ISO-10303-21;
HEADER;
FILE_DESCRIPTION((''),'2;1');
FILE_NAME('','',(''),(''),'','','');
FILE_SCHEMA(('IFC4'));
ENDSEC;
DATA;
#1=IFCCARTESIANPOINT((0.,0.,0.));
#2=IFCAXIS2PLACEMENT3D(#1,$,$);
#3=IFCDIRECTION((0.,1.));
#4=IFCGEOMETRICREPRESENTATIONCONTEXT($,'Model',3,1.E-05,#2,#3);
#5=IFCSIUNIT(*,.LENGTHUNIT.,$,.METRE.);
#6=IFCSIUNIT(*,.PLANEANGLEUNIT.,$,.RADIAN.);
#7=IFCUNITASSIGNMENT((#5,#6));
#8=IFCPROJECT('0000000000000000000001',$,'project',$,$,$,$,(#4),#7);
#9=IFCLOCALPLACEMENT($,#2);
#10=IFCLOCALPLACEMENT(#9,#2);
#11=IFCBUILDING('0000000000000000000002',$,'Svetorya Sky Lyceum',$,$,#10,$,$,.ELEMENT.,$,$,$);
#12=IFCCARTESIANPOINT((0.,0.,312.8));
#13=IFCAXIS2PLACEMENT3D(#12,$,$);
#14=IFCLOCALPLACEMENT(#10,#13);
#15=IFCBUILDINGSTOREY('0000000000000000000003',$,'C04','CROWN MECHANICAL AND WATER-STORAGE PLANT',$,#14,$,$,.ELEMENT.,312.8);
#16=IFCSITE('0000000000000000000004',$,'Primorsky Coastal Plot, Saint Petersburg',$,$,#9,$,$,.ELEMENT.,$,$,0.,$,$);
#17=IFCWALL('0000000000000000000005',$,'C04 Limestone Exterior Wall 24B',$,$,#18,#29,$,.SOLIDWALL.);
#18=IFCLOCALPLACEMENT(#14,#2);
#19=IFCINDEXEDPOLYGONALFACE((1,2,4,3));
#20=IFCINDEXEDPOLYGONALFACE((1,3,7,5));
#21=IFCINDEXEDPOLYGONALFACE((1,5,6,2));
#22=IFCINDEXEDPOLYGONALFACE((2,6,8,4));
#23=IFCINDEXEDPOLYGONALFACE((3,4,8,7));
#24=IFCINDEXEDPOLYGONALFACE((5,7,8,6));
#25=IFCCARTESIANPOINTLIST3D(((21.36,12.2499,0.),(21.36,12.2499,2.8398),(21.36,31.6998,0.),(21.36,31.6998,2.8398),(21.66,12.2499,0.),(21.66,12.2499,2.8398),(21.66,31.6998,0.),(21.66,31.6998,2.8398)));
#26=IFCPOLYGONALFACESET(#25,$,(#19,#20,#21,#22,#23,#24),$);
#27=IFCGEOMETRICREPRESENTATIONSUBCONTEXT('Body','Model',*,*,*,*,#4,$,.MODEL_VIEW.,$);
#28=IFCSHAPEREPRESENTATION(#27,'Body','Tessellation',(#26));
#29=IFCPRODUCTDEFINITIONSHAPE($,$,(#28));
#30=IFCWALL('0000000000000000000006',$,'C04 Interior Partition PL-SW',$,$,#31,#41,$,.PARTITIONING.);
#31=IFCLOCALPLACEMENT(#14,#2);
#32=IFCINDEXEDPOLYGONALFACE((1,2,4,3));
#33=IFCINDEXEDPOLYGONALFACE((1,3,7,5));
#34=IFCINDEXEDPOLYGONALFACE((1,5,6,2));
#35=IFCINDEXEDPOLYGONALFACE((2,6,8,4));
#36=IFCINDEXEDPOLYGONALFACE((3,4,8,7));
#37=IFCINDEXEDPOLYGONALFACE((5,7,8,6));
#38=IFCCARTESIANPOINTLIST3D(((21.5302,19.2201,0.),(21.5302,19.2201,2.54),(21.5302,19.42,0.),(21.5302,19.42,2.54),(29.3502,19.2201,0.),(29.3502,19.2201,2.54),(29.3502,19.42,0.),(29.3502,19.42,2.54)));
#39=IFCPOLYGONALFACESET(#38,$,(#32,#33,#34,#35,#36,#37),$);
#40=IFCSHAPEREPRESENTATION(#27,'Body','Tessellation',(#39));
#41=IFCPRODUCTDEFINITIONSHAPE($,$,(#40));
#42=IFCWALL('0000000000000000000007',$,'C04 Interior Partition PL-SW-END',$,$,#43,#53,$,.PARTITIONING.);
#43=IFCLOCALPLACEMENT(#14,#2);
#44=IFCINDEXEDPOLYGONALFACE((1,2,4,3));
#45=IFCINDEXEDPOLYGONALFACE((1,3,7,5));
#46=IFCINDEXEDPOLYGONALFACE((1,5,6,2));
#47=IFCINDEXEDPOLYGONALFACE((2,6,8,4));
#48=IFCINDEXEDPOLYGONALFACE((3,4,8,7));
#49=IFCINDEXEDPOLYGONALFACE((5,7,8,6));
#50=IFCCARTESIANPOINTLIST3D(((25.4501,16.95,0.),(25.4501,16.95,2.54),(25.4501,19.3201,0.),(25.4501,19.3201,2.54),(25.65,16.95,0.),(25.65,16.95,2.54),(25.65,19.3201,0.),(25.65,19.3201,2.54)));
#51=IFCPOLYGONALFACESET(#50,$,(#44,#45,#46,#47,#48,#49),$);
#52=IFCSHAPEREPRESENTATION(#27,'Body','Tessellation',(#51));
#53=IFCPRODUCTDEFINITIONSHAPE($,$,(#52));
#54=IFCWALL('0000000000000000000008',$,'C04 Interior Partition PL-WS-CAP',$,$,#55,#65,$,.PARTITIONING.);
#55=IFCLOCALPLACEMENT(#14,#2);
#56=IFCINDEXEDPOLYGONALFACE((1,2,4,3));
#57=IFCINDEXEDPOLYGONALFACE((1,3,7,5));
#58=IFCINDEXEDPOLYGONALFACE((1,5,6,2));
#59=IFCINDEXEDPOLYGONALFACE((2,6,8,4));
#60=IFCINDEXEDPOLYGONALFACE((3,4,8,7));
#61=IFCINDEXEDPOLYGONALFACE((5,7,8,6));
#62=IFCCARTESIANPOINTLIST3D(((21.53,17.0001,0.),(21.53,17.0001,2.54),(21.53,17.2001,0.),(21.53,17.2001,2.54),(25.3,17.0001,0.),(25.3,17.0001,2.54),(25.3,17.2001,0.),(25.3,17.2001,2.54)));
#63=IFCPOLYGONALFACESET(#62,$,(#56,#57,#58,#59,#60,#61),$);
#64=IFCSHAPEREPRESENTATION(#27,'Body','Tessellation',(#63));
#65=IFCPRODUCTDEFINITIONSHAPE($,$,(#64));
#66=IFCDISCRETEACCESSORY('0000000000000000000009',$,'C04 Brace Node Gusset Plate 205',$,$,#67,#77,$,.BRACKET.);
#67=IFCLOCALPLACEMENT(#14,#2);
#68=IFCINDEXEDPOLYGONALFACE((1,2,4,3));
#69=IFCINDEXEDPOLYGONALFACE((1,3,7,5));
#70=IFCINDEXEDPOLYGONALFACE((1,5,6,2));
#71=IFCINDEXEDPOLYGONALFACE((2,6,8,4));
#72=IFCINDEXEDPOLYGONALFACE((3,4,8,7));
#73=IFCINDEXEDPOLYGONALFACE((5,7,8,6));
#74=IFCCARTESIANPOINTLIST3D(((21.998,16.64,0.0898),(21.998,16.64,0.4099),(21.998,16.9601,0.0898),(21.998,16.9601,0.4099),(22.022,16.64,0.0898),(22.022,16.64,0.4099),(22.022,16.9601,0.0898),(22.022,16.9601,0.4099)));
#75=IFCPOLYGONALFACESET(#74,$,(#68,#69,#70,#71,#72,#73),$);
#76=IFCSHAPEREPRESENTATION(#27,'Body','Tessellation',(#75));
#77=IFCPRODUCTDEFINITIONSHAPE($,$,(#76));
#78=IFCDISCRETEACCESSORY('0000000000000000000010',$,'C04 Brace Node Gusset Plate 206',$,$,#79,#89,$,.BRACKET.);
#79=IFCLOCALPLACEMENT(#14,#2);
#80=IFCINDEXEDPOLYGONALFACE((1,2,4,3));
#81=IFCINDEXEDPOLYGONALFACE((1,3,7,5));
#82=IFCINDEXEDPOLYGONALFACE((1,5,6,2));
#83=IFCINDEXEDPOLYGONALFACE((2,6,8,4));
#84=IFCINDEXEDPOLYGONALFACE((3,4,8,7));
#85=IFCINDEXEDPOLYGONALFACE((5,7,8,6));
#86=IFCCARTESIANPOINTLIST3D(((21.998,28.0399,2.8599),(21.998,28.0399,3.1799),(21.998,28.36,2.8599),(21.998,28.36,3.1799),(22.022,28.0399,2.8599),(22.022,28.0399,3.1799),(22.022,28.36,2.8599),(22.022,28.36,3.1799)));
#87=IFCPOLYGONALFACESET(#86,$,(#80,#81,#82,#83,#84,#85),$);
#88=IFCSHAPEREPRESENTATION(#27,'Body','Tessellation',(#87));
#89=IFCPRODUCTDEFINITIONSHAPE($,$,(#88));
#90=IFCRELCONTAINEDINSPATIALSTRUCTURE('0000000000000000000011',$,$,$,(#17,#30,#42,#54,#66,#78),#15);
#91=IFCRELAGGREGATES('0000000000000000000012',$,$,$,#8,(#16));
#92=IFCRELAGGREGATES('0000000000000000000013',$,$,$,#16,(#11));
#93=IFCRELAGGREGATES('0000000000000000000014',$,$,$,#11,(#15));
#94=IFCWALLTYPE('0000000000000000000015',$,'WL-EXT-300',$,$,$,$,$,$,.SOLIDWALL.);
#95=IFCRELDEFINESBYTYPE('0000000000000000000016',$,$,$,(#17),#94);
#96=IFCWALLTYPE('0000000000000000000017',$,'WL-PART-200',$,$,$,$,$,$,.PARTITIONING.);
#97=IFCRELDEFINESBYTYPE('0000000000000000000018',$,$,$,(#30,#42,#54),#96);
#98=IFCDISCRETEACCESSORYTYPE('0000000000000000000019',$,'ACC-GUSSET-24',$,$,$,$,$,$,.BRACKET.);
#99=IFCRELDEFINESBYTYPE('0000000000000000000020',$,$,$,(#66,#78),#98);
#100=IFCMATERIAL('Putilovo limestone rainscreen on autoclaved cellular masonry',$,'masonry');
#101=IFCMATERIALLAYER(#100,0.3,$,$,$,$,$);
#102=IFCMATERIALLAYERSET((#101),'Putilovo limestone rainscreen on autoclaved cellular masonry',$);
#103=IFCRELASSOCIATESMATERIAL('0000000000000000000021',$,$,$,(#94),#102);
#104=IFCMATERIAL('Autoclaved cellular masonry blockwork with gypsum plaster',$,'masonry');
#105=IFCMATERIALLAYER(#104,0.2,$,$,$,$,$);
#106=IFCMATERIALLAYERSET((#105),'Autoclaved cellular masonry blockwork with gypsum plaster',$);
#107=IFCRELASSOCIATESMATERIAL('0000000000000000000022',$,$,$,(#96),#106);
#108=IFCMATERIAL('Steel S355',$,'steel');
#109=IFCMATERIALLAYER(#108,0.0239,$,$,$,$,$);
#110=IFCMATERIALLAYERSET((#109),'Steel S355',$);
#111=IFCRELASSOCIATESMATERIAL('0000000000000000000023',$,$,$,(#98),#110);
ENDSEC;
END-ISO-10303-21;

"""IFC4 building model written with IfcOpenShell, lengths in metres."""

from ifc_helpers import new_model, si_unit, direction, frame, frame_2d, origin, origin_2d, place, context, subcontext, project, spatial, rectangle, extrude, material, layer, layer_set, type_object, element, save


model = new_model("IFC4")

# Units and contexts
model_context = context("Model", 3, precision=1e-05, world=origin(), true_north=direction((0.0, 1.0)))
body_context = subcontext(model_context, "Body", "Model", "MODEL_VIEW")
ifc_project = project(units=[si_unit("LENGTHUNIT", "METRE"), si_unit("PLANEANGLEUNIT", "RADIAN")], contexts=[model_context])

# Site, building, storey
site_placement = place(None, origin())
site = spatial("IfcSite", under=ifc_project, at=site_placement, Name="Primorsky Coastal Plot, Saint Petersburg", CompositionType="ELEMENT", RefElevation=0.0)
building_placement = place(site_placement, origin())
building = spatial("IfcBuilding", under=site, at=building_placement, Name="Svetorya Sky Lyceum", CompositionType="ELEMENT")
storey_placement = place(building_placement, frame((0.0, 0.0, 312.8)))
storey = spatial("IfcBuildingStorey", under=building, at=storey_placement, Name="C04", Description="CROWN MECHANICAL AND WATER-STORAGE PLANT", CompositionType="ELEMENT", Elevation=312.8)

# Shared definitions
ifc_material_1 = material(Name="Steel S355", Category="steel")

# Walls
ifc_material_2 = material(Name="Putilovo limestone rainscreen on autoclaved cellular masonry", Category="masonry")
ifc_layer_1 = layer(ifc_material_2, 0.3)
ifc_layer_set_1 = layer_set([ifc_layer_1], Name="Putilovo limestone rainscreen on autoclaved cellular masonry")
wall_type_1 = type_object("IfcWallType", Name="WL-EXT-300", PredefinedType="SOLIDWALL", material=ifc_layer_set_1)
wall_1_placement = place(storey_placement, frame((21.51, 31.7, 0.0), z_axis=(0.0, 0.0, 1.0), x_axis=(0.0, -1.0, 0.0)))
element("IfcWall", 1, at=wall_1_placement, inside=storey, type_object=wall_type_1, Name="C04 Limestone Exterior Wall 24B", PredefinedType="SOLIDWALL", context=body_context, shape_type="SweptSolid", body=[
    extrude(rectangle(XDim=19.45, YDim=0.3, at=frame_2d((9.7251, 0.0))), origin(), (0.0, 0.0, 1.0), 2.8398),
])
ifc_material_3 = material(Name="Autoclaved cellular masonry blockwork with gypsum plaster", Category="masonry")
ifc_layer_2 = layer(ifc_material_3, 0.2)
ifc_layer_set_2 = layer_set([ifc_layer_2], Name="Autoclaved cellular masonry blockwork with gypsum plaster")
wall_type_2 = type_object("IfcWallType", Name="WL-PART-200", PredefinedType="PARTITIONING", material=ifc_layer_set_2)
wall_2_placement = place(storey_placement, frame((21.53, 19.3201, 0.0), z_axis=(0.0, 0.0, 1.0), x_axis=(1.0, 0.0, 0.0)))
element("IfcWall", 2, at=wall_2_placement, inside=storey, type_object=wall_type_2, Name="C04 Interior Partition PL-SW", PredefinedType="PARTITIONING", context=body_context, shape_type="SweptSolid", body=[
    extrude(rectangle(XDim=7.8201, YDim=0.2, at=frame_2d((3.9102, 0.0))), origin(), (0.0, 0.0, 1.0), 2.54),
])
wall_3_placement = place(storey_placement, frame((25.55, 16.95, 0.0), z_axis=(0.0, 0.0, 1.0), x_axis=(0.0, 1.0, 0.0)))
element("IfcWall", 3, at=wall_3_placement, inside=storey, type_object=wall_type_2, Name="C04 Interior Partition PL-SW-END", PredefinedType="PARTITIONING", context=body_context, shape_type="SweptSolid", body=[
    extrude(rectangle(XDim=2.3701, YDim=0.2, at=frame_2d((1.1851, 0.0))), origin(), (0.0, 0.0, 1.0), 2.54),
])
wall_4_placement = place(storey_placement, frame((21.53, 17.1001, 0.0), z_axis=(0.0, 0.0, 1.0), x_axis=(1.0, 0.0, 0.0)))
element("IfcWall", 4, at=wall_4_placement, inside=storey, type_object=wall_type_2, Name="C04 Interior Partition PL-WS-CAP", PredefinedType="PARTITIONING", context=body_context, shape_type="SweptSolid", body=[
    extrude(rectangle(XDim=3.77, YDim=0.2, at=frame_2d((1.885, 0.0))), origin(), (0.0, 0.0, 1.0), 2.54),
])

# Discrete accessories
ifc_layer_3 = layer(ifc_material_1, 0.0239)
ifc_layer_set_3 = layer_set([ifc_layer_3], Name="Steel S355")
discrete_accessory_type = type_object("IfcDiscreteAccessoryType", Name="ACC-GUSSET-24", PredefinedType="BRACKET", material=ifc_layer_set_3)
for number, where, z_axis, x_axis, name in (
    (5, (22.01, 16.8, 0.0898), (0.0, 0.0, 1.0), (1.0, 0.0, 0.0), "C04 Brace Node Gusset Plate 205"),
    (6, (22.01, 28.2, 2.8599), (0.0, 0.0, 1.0), (1.0, 0.0, 0.0), "C04 Brace Node Gusset Plate 206"),
):
    element("IfcDiscreteAccessory", number, at=place(storey_placement, frame(where, z_axis=z_axis, x_axis=x_axis)), inside=storey, type_object=discrete_accessory_type, Name=name, PredefinedType="BRACKET", context=body_context, shape_type="SweptSolid", body=[
        extrude(rectangle(XDim=0.0239, YDim=0.3201, at=origin_2d()), origin(), (0.0, 0.0, 1.0), 0.3201),
    ])

save(model, "model.ifc")
